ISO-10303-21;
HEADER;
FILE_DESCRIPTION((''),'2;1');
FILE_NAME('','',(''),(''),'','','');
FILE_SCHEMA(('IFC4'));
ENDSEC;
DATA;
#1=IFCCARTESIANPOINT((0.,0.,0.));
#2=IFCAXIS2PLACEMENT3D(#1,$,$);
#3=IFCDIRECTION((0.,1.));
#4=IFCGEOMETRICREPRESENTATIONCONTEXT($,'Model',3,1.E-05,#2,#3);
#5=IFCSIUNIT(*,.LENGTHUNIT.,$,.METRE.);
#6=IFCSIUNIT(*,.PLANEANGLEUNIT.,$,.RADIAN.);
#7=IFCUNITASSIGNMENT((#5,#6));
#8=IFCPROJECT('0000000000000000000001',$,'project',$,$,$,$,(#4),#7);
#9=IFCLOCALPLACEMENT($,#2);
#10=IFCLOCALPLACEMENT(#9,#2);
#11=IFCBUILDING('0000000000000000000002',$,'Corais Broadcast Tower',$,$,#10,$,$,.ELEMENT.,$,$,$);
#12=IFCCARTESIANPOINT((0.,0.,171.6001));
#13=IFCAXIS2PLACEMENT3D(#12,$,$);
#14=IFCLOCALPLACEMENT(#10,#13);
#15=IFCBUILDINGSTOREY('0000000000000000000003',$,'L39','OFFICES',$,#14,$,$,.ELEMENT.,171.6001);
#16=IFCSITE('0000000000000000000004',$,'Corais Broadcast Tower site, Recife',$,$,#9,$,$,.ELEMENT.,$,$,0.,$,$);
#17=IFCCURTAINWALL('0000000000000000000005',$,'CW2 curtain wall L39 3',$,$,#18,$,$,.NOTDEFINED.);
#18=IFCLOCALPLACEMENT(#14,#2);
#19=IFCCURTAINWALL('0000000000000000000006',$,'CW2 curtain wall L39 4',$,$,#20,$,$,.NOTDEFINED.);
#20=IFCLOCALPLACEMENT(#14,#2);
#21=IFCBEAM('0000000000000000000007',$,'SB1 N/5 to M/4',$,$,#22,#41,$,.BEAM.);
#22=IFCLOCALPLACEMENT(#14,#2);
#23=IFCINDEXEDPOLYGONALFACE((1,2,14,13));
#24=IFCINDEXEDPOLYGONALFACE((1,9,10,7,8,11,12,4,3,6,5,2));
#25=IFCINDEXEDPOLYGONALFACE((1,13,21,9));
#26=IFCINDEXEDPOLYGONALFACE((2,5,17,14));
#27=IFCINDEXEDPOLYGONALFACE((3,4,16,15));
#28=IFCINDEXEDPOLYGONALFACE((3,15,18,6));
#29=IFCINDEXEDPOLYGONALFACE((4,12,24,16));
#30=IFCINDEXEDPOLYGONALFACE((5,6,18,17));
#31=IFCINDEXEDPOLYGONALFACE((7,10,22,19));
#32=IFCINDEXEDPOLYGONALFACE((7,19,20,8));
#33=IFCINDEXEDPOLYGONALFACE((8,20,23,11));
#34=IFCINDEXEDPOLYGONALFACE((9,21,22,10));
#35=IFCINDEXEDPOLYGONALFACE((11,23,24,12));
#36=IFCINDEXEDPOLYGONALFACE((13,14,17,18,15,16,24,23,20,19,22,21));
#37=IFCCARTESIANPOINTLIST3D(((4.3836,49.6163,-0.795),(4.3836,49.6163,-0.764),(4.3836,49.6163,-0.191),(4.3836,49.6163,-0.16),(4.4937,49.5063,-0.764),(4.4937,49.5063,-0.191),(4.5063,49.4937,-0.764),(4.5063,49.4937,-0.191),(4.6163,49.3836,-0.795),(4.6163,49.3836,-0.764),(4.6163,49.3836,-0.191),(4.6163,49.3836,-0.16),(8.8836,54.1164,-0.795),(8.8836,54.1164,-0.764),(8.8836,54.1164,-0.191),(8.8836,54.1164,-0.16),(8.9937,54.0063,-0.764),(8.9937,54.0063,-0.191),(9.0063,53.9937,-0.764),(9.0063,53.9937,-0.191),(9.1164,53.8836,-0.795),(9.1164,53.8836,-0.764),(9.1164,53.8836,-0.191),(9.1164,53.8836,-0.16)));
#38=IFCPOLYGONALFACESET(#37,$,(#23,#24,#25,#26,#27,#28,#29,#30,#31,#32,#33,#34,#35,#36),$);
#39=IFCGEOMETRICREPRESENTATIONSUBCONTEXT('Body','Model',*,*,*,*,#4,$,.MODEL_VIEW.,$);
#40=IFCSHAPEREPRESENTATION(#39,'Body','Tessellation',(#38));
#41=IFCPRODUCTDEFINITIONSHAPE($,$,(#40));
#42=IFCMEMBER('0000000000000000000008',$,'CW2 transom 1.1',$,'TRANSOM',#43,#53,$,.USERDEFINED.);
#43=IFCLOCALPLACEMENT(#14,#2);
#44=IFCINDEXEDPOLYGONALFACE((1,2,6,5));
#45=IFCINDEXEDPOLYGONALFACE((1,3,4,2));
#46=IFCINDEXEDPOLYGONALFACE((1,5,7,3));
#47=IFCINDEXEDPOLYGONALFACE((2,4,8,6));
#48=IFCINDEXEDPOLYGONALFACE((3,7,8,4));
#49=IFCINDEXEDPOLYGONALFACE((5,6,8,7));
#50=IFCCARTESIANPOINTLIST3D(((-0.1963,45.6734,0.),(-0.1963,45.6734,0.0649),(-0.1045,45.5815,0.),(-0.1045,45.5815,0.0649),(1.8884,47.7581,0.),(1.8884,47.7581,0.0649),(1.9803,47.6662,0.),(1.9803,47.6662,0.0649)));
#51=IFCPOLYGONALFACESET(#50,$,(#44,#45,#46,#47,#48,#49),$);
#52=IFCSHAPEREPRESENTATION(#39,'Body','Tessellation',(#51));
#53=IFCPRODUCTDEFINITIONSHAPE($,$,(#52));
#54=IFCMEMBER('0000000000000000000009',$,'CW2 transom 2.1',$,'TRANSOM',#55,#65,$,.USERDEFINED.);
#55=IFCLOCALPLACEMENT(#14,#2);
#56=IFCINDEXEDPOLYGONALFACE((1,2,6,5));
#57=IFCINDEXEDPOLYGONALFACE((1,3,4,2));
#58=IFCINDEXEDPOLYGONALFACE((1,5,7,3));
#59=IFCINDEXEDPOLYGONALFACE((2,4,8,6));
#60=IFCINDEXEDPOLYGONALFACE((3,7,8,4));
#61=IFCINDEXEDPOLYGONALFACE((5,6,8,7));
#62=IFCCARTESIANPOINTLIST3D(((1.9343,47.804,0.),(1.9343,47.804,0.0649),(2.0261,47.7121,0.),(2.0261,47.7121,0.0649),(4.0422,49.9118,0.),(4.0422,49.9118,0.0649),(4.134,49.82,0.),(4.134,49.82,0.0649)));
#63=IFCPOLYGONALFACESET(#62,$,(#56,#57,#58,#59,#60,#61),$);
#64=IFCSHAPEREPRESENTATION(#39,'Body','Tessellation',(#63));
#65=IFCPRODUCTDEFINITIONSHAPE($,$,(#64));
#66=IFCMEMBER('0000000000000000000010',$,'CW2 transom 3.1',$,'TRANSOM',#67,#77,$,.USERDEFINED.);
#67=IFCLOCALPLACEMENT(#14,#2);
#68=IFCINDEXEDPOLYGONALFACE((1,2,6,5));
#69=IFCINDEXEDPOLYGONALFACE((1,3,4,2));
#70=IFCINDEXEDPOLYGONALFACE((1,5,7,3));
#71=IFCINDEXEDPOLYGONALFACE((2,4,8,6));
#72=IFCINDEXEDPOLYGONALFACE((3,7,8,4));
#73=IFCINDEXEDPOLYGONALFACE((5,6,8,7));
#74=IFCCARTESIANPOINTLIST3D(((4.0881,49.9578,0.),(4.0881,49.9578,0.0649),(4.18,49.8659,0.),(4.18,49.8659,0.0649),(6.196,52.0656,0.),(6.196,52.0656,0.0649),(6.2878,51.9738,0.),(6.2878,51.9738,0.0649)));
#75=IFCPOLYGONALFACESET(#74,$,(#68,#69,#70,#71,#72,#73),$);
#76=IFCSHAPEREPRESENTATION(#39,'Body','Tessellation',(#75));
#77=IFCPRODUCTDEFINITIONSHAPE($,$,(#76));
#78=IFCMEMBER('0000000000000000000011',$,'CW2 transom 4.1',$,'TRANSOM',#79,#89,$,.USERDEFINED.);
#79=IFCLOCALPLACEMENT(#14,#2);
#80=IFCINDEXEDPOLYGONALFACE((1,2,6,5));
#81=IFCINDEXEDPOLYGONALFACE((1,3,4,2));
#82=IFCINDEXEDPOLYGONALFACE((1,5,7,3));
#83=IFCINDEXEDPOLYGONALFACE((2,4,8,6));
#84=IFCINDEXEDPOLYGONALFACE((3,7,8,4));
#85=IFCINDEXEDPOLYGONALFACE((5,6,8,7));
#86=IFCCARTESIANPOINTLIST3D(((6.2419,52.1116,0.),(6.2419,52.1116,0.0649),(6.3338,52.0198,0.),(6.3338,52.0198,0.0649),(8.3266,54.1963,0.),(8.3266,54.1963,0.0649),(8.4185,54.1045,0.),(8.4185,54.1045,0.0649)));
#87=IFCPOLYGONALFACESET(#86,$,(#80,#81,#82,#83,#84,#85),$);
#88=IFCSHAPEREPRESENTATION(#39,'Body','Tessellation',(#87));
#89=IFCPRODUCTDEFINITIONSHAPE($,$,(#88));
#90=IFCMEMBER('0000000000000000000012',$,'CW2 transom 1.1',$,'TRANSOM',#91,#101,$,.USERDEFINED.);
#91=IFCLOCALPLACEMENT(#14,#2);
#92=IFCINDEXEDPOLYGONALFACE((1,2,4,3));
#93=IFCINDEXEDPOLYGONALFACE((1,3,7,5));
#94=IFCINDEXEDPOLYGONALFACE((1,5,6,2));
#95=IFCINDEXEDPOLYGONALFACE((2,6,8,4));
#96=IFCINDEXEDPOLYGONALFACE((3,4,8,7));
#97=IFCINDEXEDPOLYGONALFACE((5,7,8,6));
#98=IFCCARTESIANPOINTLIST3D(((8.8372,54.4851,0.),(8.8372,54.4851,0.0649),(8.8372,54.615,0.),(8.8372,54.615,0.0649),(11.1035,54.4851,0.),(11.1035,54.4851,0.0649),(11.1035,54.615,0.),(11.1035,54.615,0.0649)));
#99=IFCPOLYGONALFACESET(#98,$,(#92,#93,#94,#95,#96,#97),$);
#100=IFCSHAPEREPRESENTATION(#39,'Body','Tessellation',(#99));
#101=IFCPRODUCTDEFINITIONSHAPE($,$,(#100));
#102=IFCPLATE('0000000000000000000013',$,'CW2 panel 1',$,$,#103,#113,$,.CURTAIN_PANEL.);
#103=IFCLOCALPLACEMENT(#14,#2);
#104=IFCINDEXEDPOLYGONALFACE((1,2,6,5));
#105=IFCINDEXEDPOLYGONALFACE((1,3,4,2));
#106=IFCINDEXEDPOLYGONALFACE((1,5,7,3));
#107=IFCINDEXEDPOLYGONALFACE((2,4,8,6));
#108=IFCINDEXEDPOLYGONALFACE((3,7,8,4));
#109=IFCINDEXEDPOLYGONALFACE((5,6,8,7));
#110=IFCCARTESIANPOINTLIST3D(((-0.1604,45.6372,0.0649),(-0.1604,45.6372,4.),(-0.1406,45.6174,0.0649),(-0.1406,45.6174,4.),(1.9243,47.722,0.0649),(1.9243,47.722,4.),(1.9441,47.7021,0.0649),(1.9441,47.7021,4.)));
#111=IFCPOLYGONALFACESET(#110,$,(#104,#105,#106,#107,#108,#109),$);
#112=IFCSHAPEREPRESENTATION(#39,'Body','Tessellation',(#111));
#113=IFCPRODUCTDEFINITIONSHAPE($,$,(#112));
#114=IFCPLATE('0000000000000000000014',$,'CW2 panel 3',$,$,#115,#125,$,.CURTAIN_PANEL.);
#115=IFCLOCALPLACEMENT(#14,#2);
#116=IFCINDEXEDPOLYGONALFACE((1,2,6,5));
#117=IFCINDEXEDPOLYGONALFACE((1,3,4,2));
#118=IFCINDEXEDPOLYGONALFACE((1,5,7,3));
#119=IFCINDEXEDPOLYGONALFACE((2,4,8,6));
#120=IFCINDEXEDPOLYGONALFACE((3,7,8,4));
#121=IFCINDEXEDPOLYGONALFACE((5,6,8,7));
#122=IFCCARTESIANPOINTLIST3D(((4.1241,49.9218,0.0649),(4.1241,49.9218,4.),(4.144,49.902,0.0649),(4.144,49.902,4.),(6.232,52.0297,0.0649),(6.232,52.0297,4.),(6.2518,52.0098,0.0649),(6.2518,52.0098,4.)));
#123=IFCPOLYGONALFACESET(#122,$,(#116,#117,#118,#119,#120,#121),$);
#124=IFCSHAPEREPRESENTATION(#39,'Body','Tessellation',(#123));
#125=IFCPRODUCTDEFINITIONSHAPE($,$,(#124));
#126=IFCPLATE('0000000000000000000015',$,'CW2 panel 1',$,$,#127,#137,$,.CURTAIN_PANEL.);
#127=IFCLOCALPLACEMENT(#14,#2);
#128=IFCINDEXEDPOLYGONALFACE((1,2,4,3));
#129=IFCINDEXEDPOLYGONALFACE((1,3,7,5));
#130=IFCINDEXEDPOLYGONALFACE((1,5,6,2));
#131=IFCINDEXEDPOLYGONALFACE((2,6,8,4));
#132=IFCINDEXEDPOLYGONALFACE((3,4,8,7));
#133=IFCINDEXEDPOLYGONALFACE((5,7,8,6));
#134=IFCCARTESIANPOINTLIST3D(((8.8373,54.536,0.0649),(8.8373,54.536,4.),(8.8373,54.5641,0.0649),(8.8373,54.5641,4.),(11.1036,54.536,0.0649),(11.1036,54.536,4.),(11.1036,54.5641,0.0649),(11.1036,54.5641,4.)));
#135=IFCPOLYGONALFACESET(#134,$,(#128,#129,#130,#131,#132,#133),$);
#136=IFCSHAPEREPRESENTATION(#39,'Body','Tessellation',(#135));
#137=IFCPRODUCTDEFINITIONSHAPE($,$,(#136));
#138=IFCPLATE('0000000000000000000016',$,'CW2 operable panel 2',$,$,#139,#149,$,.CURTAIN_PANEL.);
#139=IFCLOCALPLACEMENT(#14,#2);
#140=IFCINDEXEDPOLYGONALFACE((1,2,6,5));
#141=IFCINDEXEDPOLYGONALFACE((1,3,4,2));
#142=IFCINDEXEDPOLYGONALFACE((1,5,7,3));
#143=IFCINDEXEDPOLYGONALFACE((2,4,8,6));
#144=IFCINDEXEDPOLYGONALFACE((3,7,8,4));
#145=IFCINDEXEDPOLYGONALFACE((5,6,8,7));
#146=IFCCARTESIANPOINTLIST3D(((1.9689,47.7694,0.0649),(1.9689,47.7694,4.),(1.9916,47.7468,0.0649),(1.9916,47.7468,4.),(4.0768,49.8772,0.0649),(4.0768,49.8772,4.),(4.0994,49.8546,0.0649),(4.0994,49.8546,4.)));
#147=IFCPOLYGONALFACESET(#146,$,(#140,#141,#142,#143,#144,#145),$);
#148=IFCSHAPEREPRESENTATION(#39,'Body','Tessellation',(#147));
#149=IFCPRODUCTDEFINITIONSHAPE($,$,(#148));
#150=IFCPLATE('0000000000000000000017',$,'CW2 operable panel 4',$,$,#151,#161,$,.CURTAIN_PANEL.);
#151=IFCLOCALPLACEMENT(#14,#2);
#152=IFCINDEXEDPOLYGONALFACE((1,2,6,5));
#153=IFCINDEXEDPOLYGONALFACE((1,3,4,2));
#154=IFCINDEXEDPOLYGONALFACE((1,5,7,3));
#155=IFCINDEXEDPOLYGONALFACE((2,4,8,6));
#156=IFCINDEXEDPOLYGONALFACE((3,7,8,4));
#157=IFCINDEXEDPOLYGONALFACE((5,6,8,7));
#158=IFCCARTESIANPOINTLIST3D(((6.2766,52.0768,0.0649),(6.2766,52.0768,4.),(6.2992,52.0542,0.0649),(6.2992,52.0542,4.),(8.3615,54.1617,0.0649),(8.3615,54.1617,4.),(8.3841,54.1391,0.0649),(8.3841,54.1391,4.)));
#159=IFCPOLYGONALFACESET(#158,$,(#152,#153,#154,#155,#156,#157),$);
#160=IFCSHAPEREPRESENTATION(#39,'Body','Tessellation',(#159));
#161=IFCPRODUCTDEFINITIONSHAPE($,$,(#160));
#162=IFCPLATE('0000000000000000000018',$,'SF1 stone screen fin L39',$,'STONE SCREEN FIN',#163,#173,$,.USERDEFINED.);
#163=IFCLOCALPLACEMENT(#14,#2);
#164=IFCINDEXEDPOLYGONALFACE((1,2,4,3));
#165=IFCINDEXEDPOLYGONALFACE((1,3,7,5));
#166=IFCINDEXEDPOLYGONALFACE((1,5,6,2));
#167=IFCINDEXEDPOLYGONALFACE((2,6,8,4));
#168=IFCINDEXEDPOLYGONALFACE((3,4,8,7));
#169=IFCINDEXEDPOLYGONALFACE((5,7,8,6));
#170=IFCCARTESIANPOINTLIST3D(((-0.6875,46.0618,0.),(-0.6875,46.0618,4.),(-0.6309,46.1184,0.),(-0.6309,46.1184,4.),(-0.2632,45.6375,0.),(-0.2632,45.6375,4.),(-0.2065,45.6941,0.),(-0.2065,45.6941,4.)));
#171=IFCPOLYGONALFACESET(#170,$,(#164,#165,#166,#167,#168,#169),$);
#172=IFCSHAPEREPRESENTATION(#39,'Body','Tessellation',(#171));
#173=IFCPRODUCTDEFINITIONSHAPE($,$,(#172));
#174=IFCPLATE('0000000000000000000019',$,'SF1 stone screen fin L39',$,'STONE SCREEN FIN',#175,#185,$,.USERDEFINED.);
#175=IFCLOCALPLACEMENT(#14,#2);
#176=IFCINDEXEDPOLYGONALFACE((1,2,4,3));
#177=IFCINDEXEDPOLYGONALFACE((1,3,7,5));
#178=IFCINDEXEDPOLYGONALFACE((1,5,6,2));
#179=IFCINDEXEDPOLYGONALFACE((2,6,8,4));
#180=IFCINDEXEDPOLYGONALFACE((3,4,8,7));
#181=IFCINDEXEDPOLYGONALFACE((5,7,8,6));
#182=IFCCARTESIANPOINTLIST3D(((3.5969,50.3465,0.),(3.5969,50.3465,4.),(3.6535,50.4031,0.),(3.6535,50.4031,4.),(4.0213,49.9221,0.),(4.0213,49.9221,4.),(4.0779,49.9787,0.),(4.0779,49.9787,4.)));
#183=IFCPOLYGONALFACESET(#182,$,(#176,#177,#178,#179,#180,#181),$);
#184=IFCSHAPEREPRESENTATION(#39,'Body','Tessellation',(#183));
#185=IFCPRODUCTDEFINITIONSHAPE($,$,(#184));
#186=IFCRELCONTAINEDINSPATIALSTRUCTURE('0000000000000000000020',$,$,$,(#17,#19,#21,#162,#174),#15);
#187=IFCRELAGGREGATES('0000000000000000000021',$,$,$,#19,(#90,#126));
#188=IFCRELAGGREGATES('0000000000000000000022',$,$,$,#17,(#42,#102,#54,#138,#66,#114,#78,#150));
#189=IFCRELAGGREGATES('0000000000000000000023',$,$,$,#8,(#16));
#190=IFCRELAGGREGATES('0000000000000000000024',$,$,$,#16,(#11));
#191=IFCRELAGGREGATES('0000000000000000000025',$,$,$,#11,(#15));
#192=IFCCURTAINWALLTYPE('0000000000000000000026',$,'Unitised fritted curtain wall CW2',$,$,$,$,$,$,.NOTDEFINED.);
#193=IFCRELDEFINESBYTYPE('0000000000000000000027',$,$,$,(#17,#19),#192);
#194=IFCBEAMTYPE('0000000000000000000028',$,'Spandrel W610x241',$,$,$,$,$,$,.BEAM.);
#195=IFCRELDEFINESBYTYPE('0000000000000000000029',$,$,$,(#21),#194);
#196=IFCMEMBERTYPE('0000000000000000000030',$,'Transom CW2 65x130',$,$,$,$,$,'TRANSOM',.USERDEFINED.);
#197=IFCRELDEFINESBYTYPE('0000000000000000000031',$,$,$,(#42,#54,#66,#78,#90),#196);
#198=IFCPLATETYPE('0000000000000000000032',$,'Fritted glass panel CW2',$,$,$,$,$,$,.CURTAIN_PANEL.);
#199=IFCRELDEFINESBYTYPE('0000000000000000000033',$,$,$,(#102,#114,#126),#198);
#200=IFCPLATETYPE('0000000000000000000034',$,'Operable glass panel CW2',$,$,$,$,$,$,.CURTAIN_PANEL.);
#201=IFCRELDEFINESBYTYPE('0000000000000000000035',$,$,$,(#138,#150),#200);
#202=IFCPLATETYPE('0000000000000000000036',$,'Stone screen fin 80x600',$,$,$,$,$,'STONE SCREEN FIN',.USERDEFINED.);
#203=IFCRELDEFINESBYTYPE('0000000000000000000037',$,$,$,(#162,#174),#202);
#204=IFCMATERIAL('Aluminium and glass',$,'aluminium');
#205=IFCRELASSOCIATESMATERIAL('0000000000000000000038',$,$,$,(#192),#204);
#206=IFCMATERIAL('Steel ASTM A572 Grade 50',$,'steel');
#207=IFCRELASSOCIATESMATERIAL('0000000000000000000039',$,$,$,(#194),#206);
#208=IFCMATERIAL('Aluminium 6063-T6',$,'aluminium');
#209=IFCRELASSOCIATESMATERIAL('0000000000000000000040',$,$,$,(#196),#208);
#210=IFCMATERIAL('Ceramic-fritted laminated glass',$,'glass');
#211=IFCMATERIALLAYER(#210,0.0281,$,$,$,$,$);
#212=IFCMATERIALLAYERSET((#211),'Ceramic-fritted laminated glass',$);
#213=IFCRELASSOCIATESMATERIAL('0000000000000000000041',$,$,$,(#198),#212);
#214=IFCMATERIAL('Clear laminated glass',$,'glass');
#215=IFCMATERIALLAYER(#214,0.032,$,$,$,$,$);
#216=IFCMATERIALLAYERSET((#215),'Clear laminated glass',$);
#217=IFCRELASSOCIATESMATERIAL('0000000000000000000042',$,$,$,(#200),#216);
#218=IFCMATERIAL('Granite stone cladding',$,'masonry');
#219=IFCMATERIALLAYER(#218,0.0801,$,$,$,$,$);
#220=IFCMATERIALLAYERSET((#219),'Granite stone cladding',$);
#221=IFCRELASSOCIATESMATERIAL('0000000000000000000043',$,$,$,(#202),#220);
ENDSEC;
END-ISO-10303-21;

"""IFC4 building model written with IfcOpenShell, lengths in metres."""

from ifc_helpers import new_model, si_unit, direction, frame, origin, origin_2d, place, context, subcontext, project, spatial, rectangle, i_section, extrude, material, layer, layer_set, material_profile, profile_set, type_object, element, aggregate, save


model = new_model("IFC4")

# Units and contexts
model_context = context("Model", 3, precision=1e-05, world=origin(), true_north=direction((0.0, 1.0)))
body_context = subcontext(model_context, "Body", "Model", "MODEL_VIEW")
ifc_project = project(units=[si_unit("LENGTHUNIT", "METRE"), si_unit("PLANEANGLEUNIT", "RADIAN")], contexts=[model_context])

# Site, building, storey
site_placement = place(None, origin())
site = spatial("IfcSite", under=ifc_project, at=site_placement, Name="Corais Broadcast Tower site, Recife", CompositionType="ELEMENT", RefElevation=0.0)
building_placement = place(site_placement, origin())
building = spatial("IfcBuilding", under=site, at=building_placement, Name="Corais Broadcast Tower", CompositionType="ELEMENT")
storey_placement = place(building_placement, frame((0.0, 0.0, 171.6001)))
storey = spatial("IfcBuildingStorey", under=building, at=storey_placement, Name="L39", Description="OFFICES", CompositionType="ELEMENT", Elevation=171.6001)

# Curtain wall
ifc_material_1 = material(Name="Aluminium and glass", Category="aluminium")
curtain_wall_type = type_object("IfcCurtainWallType", Name="Unitised fritted curtain wall CW2", PredefinedType="NOTDEFINED", material=ifc_material_1)
curtain_wall_1_placement = place(storey_placement, origin())
curtain_wall_1 = element("IfcCurtainWall", 1, at=curtain_wall_1_placement, inside=storey, type_object=curtain_wall_type, Name="CW2 curtain wall L39 3", PredefinedType="NOTDEFINED")

# Curtain wall
curtain_wall_2_placement = place(storey_placement, origin())
curtain_wall_2 = element("IfcCurtainWall", 2, at=curtain_wall_2_placement, inside=storey, type_object=curtain_wall_type, Name="CW2 curtain wall L39 4", PredefinedType="NOTDEFINED")

# Beam
ifc_material_2 = material(Name="Steel ASTM A572 Grade 50", Category="steel")
ifc_material_profile_1 = material_profile(ifc_material_2, i_section(OverallWidth=0.3291, OverallDepth=0.635, WebThickness=0.0178, FlangeThickness=0.031, at=origin_2d()), Name="W610x241")
ifc_profile_set_1 = profile_set([ifc_material_profile_1], Name="Steel ASTM A572 Grade 50")
beam_type_1 = type_object("IfcBeamType", Name="Spandrel W610x241", PredefinedType="BEAM", material=ifc_profile_set_1)
for number, where, z_axis, x_axis, name in (
    (3, (9.0, 54.0, -0.4775), (-0.707107, -0.707107, 0.0), (0.707107, -0.707107, 0.0), "SB1 N/5 to M/4"),
):
    element("IfcBeam", number, at=place(storey_placement, frame(where, z_axis=z_axis, x_axis=x_axis)), inside=storey, type_object=beam_type_1, Name=name, PredefinedType="BEAM", context=body_context, shape_type="SweptSolid", body=[
        extrude(i_section(OverallWidth=0.3291, OverallDepth=0.635, WebThickness=0.0178, FlangeThickness=0.031, at=origin_2d()), origin(), (0.0, 0.0, 1.0), 6.364),
    ])

# Members
ifc_material_3 = material(Name="Aluminium 6063-T6", Category="aluminium")
ifc_material_profile_2 = material_profile(ifc_material_3, rectangle(XDim=0.1299, YDim=0.0649, at=origin_2d()), Name="Transom CW2 65x130")
ifc_profile_set_2 = profile_set([ifc_material_profile_2], Name="Aluminium 6063-T6")
member_type_1 = type_object("IfcMemberType", Name="Transom CW2 65x130", ElementType="TRANSOM", PredefinedType="USERDEFINED", material=ifc_profile_set_2)
member_1_placement = place(storey_placement, frame((-0.1504, 45.6274, 0.0325), z_axis=(0.707107, 0.707107, 0.0), x_axis=(-0.707107, 0.707107, 0.0)))
member_1 = element("IfcMember", 4, at=member_1_placement, type_object=member_type_1, Name="CW2 transom 1.1", ObjectType="TRANSOM", PredefinedType="USERDEFINED", context=body_context, shape_type="SweptSolid", body=[
    extrude(rectangle(XDim=0.1299, YDim=0.0649, at=origin_2d()), origin(), (0.0, 0.0, 1.0), 2.9482),
])
member_2_placement = place(storey_placement, frame((1.9802, 47.7581, 0.0325), z_axis=(0.707107, 0.707107, 0.0), x_axis=(-0.707107, 0.707107, 0.0)))
member_2 = element("IfcMember", 5, at=member_2_placement, type_object=member_type_1, Name="CW2 transom 2.1", ObjectType="TRANSOM", PredefinedType="USERDEFINED", context=body_context, shape_type="SweptSolid", body=[
    extrude(rectangle(XDim=0.1299, YDim=0.0649, at=origin_2d()), origin(), (0.0, 0.0, 1.0), 2.981),
])
member_3_placement = place(storey_placement, frame((4.134, 49.9119, 0.0325), z_axis=(0.707107, 0.707107, 0.0), x_axis=(-0.707107, 0.707107, 0.0)))
member_3 = element("IfcMember", 6, at=member_3_placement, type_object=member_type_1, Name="CW2 transom 3.1", ObjectType="TRANSOM", PredefinedType="USERDEFINED", context=body_context, shape_type="SweptSolid", body=[
    extrude(rectangle(XDim=0.1299, YDim=0.0649, at=origin_2d()), origin(), (0.0, 0.0, 1.0), 2.981),
])
member_4_placement = place(storey_placement, frame((6.2878, 52.0657, 0.0325), z_axis=(0.707107, 0.707107, 0.0), x_axis=(-0.707107, 0.707107, 0.0)))
member_4 = element("IfcMember", 7, at=member_4_placement, type_object=member_type_1, Name="CW2 transom 4.1", ObjectType="TRANSOM", PredefinedType="USERDEFINED", context=body_context, shape_type="SweptSolid", body=[
    extrude(rectangle(XDim=0.1299, YDim=0.0649, at=origin_2d()), origin(), (0.0, 0.0, 1.0), 2.9482),
])
member_5_placement = place(storey_placement, frame((8.8372, 54.55, 0.0325), z_axis=(1.0, 0.0, 0.0), x_axis=(0.0, 1.0, 0.0)))
member_5 = element("IfcMember", 8, at=member_5_placement, type_object=member_type_1, Name="CW2 transom 1.1", ObjectType="TRANSOM", PredefinedType="USERDEFINED", context=body_context, shape_type="SweptSolid", body=[
    extrude(rectangle(XDim=0.1299, YDim=0.0649, at=origin_2d()), origin(), (0.0, 0.0, 1.0), 2.2664),
])

# Plates
ifc_material_4 = material(Name="Ceramic-fritted laminated glass", Category="glass")
ifc_layer_1 = layer(ifc_material_4, 0.0281)
ifc_layer_set_1 = layer_set([ifc_layer_1], Name="Ceramic-fritted laminated glass")
plate_type_1 = type_object("IfcPlateType", Name="Fritted glass panel CW2", PredefinedType="CURTAIN_PANEL", material=ifc_layer_set_1)
plate_1_placement = place(storey_placement, frame((0.8918, 46.6697, 0.0649), z_axis=(0.0, 0.0, 1.0), x_axis=(0.707107, 0.707107, 0.0)))
plate_1 = element("IfcPlate", 9, at=plate_1_placement, type_object=plate_type_1, Name="CW2 panel 1", PredefinedType="CURTAIN_PANEL", context=body_context, shape_type="SweptSolid", body=[
    extrude(rectangle(XDim=2.9482, YDim=0.0281, at=origin_2d()), origin(), (0.0, 0.0, 1.0), 3.9351),
])
plate_2_placement = place(storey_placement, frame((5.188, 50.9658, 0.0649), z_axis=(0.0, 0.0, 1.0), x_axis=(0.707107, 0.707107, 0.0)))
plate_2 = element("IfcPlate", 10, at=plate_2_placement, type_object=plate_type_1, Name="CW2 panel 3", PredefinedType="CURTAIN_PANEL", context=body_context, shape_type="SweptSolid", body=[
    extrude(rectangle(XDim=2.981, YDim=0.0281, at=origin_2d()), origin(), (0.0, 0.0, 1.0), 3.9351),
])
plate_3_placement = place(storey_placement, frame((9.9705, 54.55, 0.0649), z_axis=(0.0, 0.0, 1.0), x_axis=(1.0, 0.0, 0.0)))
plate_3 = element("IfcPlate", 11, at=plate_3_placement, type_object=plate_type_1, Name="CW2 panel 1", PredefinedType="CURTAIN_PANEL", context=body_context, shape_type="SweptSolid", body=[
    extrude(rectangle(XDim=2.2664, YDim=0.0281, at=origin_2d()), origin(), (0.0, 0.0, 1.0), 3.9351),
])
aggregate(curtain_wall_2, [member_5, plate_3])
ifc_material_5 = material(Name="Clear laminated glass", Category="glass")
ifc_layer_2 = layer(ifc_material_5, 0.032)
ifc_layer_set_2 = layer_set([ifc_layer_2], Name="Clear laminated glass")
plate_type_2 = type_object("IfcPlateType", Name="Operable glass panel CW2", PredefinedType="CURTAIN_PANEL", material=ifc_layer_set_2)
plate_4_placement = place(storey_placement, frame((3.0342, 48.812, 0.0649), z_axis=(0.0, 0.0, 1.0), x_axis=(0.707107, 0.707107, 0.0)))
plate_4 = element("IfcPlate", 12, at=plate_4_placement, type_object=plate_type_2, Name="CW2 operable panel 2", PredefinedType="CURTAIN_PANEL", context=body_context, shape_type="SweptSolid", body=[
    extrude(rectangle(XDim=2.981, YDim=0.032, at=origin_2d()), origin(), (0.0, 0.0, 1.0), 3.9351),
])
plate_5_placement = place(storey_placement, frame((7.3303, 53.1079, 0.0649), z_axis=(0.0, 0.0, 1.0), x_axis=(0.707107, 0.707107, 0.0)))
plate_5 = element("IfcPlate", 13, at=plate_5_placement, type_object=plate_type_2, Name="CW2 operable panel 4", PredefinedType="CURTAIN_PANEL", context=body_context, shape_type="SweptSolid", body=[
    extrude(rectangle(XDim=2.9485, YDim=0.032, at=origin_2d()), origin(), (0.0, 0.0, 1.0), 3.9351),
])
aggregate(curtain_wall_1, [member_1, plate_1, member_2, plate_4, member_3, plate_2, member_4, plate_5])

# Plates
ifc_material_6 = material(Name="Granite stone cladding", Category="masonry")
ifc_layer_3 = layer(ifc_material_6, 0.0801)
ifc_layer_set_3 = layer_set([ifc_layer_3], Name="Granite stone cladding")
plate_type_3 = type_object("IfcPlateType", Name="Stone screen fin 80x600", ElementType="STONE SCREEN FIN", PredefinedType="USERDEFINED", material=ifc_layer_set_3)
for number, where, z_axis, x_axis, name in (
    (14, (-0.447, 45.8779, 0.0), (0.0, 0.0, 1.0), (0.707107, 0.707107, 0.0), "SF1 stone screen fin L39"),
    (15, (3.8374, 50.1626, 0.0), (0.0, 0.0, 1.0), (0.707107, 0.707107, 0.0), "SF1 stone screen fin L39"),
):
    element("IfcPlate", number, at=place(storey_placement, frame(where, z_axis=z_axis, x_axis=x_axis)), inside=storey, type_object=plate_type_3, Name=name, ObjectType="STONE SCREEN FIN", PredefinedType="USERDEFINED", context=body_context, shape_type="SweptSolid", body=[
        extrude(rectangle(XDim=0.0801, YDim=0.6001, at=origin_2d()), origin(), (0.0, 0.0, 1.0), 4.0),
    ])

save(model, "model.ifc")
